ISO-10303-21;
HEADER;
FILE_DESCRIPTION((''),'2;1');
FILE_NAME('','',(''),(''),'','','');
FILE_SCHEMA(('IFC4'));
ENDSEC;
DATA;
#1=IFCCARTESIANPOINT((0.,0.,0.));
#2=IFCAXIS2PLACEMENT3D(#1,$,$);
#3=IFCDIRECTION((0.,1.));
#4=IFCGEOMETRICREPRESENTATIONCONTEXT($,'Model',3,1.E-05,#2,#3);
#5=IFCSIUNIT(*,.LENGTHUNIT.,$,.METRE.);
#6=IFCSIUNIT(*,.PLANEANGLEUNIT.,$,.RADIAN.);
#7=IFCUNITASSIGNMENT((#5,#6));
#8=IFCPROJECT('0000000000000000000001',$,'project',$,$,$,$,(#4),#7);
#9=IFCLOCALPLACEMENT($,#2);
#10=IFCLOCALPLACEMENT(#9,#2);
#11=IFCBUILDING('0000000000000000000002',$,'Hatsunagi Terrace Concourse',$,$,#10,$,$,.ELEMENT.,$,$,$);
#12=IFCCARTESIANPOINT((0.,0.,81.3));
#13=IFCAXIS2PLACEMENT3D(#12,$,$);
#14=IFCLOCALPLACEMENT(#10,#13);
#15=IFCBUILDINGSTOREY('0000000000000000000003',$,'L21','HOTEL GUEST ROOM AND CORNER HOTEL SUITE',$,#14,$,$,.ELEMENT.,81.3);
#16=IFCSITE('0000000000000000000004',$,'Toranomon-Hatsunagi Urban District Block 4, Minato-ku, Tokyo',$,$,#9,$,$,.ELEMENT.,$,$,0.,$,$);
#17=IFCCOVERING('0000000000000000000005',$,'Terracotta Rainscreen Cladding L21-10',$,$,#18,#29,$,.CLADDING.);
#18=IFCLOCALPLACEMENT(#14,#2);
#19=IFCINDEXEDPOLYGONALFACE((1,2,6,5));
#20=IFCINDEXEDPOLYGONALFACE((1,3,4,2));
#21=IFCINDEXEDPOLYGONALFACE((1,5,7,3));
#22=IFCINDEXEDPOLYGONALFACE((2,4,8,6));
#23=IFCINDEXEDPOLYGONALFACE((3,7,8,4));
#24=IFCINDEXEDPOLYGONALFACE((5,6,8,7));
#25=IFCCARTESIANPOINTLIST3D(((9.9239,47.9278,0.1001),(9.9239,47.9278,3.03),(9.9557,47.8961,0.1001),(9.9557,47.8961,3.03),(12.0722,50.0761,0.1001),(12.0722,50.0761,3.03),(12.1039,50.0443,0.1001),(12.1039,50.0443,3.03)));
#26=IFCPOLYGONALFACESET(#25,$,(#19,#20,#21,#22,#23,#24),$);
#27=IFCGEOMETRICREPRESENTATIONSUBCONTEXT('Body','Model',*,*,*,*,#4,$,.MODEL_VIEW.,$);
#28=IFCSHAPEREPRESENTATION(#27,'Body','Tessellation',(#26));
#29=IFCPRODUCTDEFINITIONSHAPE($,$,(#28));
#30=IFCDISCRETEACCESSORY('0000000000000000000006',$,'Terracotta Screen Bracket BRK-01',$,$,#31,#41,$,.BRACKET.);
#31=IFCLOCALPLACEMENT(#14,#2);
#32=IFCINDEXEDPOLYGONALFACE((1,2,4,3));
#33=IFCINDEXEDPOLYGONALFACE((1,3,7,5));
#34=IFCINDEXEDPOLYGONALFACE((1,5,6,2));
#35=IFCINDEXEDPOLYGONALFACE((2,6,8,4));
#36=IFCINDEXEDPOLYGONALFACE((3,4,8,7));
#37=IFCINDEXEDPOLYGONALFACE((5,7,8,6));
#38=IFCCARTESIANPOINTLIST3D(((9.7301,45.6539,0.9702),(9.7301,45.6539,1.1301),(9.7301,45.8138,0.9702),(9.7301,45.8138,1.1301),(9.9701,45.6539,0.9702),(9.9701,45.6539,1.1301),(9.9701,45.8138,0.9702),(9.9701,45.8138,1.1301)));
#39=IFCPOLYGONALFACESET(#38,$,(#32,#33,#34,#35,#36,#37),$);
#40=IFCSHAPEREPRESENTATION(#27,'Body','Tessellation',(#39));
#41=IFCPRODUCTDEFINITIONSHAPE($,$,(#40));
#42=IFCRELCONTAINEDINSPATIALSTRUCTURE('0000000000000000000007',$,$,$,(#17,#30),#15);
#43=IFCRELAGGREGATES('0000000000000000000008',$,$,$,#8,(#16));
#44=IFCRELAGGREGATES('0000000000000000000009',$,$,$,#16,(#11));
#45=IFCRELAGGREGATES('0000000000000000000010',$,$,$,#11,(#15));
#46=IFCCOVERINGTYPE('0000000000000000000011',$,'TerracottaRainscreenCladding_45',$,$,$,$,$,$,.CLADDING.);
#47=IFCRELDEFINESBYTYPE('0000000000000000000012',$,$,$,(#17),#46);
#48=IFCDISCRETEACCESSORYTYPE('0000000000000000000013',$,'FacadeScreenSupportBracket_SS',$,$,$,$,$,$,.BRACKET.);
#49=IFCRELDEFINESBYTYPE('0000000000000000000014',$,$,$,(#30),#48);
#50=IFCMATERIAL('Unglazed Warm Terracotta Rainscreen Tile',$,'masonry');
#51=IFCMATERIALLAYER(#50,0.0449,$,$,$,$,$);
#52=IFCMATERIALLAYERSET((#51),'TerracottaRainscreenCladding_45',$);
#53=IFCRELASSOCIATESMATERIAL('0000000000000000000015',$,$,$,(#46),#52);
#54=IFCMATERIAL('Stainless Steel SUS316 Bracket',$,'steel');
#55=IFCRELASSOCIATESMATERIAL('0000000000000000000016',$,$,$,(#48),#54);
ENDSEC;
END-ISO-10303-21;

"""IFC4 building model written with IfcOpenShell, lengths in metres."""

from ifc_helpers import new_model, si_unit, direction, frame, origin, origin_2d, place, context, subcontext, project, spatial, rectangle, extrude, material, layer, layer_set, type_object, element, save


model = new_model("IFC4")

# Units and contexts
model_context = context("Model", 3, precision=1e-05, world=origin(), true_north=direction((0.0, 1.0)))
body_context = subcontext(model_context, "Body", "Model", "MODEL_VIEW")
ifc_project = project(units=[si_unit("LENGTHUNIT", "METRE"), si_unit("PLANEANGLEUNIT", "RADIAN")], contexts=[model_context])

# Site, building, storey
site_placement = place(None, origin())
site = spatial("IfcSite", under=ifc_project, at=site_placement, Name="Toranomon-Hatsunagi Urban District Block 4, Minato-ku, Tokyo", CompositionType="ELEMENT", RefElevation=0.0)
building_placement = place(site_placement, origin())
building = spatial("IfcBuilding", under=site, at=building_placement, Name="Hatsunagi Terrace Concourse", CompositionType="ELEMENT")
storey_placement = place(building_placement, frame((0.0, 0.0, 81.3)))
storey = spatial("IfcBuildingStorey", under=building, at=storey_placement, Name="L21", Description="HOTEL GUEST ROOM AND CORNER HOTEL SUITE", CompositionType="ELEMENT", Elevation=81.3)

# Covering
ifc_material_1 = material(Name="Unglazed Warm Terracotta Rainscreen Tile", Category="masonry")
ifc_layer_1 = layer(ifc_material_1, 0.0449)
ifc_layer_set_1 = layer_set([ifc_layer_1], Name="TerracottaRainscreenCladding_45")
covering_type = type_object("IfcCoveringType", Name="TerracottaRainscreenCladding_45", PredefinedType="CLADDING", material=ifc_layer_set_1)
covering_placement = place(storey_placement, frame((11.0139, 48.9861, 0.1001), z_axis=(0.0, 0.0, 1.0), x_axis=(0.707107, 0.707107, 0.0)))
element("IfcCovering", 1, at=covering_placement, inside=storey, type_object=covering_type, Name="Terracotta Rainscreen Cladding L21-10", PredefinedType="CLADDING", context=body_context, shape_type="SweptSolid", body=[
    extrude(rectangle(XDim=3.0381, YDim=0.0449, at=origin_2d()), origin(), (0.0, 0.0, 1.0), 2.9299),
])

# Discrete accessory
ifc_material_2 = material(Name="Stainless Steel SUS316 Bracket", Category="steel")
discrete_accessory_type = type_object("IfcDiscreteAccessoryType", Name="FacadeScreenSupportBracket_SS", PredefinedType="BRACKET", material=ifc_material_2)
discrete_accessory_placement = place(storey_placement, frame((9.8501, 45.7339, 0.9702), z_axis=(0.0, 0.0, 1.0), x_axis=(0.0, 1.0, 0.0)))
element("IfcDiscreteAccessory", 2, at=discrete_accessory_placement, inside=storey, type_object=discrete_accessory_type, Name="Terracotta Screen Bracket BRK-01", PredefinedType="BRACKET", context=body_context, shape_type="SweptSolid", body=[
    extrude(rectangle(XDim=0.1599, YDim=0.24, at=origin_2d()), origin(), (0.0, 0.0, 1.0), 0.1599),
])

save(model, "model.ifc")
